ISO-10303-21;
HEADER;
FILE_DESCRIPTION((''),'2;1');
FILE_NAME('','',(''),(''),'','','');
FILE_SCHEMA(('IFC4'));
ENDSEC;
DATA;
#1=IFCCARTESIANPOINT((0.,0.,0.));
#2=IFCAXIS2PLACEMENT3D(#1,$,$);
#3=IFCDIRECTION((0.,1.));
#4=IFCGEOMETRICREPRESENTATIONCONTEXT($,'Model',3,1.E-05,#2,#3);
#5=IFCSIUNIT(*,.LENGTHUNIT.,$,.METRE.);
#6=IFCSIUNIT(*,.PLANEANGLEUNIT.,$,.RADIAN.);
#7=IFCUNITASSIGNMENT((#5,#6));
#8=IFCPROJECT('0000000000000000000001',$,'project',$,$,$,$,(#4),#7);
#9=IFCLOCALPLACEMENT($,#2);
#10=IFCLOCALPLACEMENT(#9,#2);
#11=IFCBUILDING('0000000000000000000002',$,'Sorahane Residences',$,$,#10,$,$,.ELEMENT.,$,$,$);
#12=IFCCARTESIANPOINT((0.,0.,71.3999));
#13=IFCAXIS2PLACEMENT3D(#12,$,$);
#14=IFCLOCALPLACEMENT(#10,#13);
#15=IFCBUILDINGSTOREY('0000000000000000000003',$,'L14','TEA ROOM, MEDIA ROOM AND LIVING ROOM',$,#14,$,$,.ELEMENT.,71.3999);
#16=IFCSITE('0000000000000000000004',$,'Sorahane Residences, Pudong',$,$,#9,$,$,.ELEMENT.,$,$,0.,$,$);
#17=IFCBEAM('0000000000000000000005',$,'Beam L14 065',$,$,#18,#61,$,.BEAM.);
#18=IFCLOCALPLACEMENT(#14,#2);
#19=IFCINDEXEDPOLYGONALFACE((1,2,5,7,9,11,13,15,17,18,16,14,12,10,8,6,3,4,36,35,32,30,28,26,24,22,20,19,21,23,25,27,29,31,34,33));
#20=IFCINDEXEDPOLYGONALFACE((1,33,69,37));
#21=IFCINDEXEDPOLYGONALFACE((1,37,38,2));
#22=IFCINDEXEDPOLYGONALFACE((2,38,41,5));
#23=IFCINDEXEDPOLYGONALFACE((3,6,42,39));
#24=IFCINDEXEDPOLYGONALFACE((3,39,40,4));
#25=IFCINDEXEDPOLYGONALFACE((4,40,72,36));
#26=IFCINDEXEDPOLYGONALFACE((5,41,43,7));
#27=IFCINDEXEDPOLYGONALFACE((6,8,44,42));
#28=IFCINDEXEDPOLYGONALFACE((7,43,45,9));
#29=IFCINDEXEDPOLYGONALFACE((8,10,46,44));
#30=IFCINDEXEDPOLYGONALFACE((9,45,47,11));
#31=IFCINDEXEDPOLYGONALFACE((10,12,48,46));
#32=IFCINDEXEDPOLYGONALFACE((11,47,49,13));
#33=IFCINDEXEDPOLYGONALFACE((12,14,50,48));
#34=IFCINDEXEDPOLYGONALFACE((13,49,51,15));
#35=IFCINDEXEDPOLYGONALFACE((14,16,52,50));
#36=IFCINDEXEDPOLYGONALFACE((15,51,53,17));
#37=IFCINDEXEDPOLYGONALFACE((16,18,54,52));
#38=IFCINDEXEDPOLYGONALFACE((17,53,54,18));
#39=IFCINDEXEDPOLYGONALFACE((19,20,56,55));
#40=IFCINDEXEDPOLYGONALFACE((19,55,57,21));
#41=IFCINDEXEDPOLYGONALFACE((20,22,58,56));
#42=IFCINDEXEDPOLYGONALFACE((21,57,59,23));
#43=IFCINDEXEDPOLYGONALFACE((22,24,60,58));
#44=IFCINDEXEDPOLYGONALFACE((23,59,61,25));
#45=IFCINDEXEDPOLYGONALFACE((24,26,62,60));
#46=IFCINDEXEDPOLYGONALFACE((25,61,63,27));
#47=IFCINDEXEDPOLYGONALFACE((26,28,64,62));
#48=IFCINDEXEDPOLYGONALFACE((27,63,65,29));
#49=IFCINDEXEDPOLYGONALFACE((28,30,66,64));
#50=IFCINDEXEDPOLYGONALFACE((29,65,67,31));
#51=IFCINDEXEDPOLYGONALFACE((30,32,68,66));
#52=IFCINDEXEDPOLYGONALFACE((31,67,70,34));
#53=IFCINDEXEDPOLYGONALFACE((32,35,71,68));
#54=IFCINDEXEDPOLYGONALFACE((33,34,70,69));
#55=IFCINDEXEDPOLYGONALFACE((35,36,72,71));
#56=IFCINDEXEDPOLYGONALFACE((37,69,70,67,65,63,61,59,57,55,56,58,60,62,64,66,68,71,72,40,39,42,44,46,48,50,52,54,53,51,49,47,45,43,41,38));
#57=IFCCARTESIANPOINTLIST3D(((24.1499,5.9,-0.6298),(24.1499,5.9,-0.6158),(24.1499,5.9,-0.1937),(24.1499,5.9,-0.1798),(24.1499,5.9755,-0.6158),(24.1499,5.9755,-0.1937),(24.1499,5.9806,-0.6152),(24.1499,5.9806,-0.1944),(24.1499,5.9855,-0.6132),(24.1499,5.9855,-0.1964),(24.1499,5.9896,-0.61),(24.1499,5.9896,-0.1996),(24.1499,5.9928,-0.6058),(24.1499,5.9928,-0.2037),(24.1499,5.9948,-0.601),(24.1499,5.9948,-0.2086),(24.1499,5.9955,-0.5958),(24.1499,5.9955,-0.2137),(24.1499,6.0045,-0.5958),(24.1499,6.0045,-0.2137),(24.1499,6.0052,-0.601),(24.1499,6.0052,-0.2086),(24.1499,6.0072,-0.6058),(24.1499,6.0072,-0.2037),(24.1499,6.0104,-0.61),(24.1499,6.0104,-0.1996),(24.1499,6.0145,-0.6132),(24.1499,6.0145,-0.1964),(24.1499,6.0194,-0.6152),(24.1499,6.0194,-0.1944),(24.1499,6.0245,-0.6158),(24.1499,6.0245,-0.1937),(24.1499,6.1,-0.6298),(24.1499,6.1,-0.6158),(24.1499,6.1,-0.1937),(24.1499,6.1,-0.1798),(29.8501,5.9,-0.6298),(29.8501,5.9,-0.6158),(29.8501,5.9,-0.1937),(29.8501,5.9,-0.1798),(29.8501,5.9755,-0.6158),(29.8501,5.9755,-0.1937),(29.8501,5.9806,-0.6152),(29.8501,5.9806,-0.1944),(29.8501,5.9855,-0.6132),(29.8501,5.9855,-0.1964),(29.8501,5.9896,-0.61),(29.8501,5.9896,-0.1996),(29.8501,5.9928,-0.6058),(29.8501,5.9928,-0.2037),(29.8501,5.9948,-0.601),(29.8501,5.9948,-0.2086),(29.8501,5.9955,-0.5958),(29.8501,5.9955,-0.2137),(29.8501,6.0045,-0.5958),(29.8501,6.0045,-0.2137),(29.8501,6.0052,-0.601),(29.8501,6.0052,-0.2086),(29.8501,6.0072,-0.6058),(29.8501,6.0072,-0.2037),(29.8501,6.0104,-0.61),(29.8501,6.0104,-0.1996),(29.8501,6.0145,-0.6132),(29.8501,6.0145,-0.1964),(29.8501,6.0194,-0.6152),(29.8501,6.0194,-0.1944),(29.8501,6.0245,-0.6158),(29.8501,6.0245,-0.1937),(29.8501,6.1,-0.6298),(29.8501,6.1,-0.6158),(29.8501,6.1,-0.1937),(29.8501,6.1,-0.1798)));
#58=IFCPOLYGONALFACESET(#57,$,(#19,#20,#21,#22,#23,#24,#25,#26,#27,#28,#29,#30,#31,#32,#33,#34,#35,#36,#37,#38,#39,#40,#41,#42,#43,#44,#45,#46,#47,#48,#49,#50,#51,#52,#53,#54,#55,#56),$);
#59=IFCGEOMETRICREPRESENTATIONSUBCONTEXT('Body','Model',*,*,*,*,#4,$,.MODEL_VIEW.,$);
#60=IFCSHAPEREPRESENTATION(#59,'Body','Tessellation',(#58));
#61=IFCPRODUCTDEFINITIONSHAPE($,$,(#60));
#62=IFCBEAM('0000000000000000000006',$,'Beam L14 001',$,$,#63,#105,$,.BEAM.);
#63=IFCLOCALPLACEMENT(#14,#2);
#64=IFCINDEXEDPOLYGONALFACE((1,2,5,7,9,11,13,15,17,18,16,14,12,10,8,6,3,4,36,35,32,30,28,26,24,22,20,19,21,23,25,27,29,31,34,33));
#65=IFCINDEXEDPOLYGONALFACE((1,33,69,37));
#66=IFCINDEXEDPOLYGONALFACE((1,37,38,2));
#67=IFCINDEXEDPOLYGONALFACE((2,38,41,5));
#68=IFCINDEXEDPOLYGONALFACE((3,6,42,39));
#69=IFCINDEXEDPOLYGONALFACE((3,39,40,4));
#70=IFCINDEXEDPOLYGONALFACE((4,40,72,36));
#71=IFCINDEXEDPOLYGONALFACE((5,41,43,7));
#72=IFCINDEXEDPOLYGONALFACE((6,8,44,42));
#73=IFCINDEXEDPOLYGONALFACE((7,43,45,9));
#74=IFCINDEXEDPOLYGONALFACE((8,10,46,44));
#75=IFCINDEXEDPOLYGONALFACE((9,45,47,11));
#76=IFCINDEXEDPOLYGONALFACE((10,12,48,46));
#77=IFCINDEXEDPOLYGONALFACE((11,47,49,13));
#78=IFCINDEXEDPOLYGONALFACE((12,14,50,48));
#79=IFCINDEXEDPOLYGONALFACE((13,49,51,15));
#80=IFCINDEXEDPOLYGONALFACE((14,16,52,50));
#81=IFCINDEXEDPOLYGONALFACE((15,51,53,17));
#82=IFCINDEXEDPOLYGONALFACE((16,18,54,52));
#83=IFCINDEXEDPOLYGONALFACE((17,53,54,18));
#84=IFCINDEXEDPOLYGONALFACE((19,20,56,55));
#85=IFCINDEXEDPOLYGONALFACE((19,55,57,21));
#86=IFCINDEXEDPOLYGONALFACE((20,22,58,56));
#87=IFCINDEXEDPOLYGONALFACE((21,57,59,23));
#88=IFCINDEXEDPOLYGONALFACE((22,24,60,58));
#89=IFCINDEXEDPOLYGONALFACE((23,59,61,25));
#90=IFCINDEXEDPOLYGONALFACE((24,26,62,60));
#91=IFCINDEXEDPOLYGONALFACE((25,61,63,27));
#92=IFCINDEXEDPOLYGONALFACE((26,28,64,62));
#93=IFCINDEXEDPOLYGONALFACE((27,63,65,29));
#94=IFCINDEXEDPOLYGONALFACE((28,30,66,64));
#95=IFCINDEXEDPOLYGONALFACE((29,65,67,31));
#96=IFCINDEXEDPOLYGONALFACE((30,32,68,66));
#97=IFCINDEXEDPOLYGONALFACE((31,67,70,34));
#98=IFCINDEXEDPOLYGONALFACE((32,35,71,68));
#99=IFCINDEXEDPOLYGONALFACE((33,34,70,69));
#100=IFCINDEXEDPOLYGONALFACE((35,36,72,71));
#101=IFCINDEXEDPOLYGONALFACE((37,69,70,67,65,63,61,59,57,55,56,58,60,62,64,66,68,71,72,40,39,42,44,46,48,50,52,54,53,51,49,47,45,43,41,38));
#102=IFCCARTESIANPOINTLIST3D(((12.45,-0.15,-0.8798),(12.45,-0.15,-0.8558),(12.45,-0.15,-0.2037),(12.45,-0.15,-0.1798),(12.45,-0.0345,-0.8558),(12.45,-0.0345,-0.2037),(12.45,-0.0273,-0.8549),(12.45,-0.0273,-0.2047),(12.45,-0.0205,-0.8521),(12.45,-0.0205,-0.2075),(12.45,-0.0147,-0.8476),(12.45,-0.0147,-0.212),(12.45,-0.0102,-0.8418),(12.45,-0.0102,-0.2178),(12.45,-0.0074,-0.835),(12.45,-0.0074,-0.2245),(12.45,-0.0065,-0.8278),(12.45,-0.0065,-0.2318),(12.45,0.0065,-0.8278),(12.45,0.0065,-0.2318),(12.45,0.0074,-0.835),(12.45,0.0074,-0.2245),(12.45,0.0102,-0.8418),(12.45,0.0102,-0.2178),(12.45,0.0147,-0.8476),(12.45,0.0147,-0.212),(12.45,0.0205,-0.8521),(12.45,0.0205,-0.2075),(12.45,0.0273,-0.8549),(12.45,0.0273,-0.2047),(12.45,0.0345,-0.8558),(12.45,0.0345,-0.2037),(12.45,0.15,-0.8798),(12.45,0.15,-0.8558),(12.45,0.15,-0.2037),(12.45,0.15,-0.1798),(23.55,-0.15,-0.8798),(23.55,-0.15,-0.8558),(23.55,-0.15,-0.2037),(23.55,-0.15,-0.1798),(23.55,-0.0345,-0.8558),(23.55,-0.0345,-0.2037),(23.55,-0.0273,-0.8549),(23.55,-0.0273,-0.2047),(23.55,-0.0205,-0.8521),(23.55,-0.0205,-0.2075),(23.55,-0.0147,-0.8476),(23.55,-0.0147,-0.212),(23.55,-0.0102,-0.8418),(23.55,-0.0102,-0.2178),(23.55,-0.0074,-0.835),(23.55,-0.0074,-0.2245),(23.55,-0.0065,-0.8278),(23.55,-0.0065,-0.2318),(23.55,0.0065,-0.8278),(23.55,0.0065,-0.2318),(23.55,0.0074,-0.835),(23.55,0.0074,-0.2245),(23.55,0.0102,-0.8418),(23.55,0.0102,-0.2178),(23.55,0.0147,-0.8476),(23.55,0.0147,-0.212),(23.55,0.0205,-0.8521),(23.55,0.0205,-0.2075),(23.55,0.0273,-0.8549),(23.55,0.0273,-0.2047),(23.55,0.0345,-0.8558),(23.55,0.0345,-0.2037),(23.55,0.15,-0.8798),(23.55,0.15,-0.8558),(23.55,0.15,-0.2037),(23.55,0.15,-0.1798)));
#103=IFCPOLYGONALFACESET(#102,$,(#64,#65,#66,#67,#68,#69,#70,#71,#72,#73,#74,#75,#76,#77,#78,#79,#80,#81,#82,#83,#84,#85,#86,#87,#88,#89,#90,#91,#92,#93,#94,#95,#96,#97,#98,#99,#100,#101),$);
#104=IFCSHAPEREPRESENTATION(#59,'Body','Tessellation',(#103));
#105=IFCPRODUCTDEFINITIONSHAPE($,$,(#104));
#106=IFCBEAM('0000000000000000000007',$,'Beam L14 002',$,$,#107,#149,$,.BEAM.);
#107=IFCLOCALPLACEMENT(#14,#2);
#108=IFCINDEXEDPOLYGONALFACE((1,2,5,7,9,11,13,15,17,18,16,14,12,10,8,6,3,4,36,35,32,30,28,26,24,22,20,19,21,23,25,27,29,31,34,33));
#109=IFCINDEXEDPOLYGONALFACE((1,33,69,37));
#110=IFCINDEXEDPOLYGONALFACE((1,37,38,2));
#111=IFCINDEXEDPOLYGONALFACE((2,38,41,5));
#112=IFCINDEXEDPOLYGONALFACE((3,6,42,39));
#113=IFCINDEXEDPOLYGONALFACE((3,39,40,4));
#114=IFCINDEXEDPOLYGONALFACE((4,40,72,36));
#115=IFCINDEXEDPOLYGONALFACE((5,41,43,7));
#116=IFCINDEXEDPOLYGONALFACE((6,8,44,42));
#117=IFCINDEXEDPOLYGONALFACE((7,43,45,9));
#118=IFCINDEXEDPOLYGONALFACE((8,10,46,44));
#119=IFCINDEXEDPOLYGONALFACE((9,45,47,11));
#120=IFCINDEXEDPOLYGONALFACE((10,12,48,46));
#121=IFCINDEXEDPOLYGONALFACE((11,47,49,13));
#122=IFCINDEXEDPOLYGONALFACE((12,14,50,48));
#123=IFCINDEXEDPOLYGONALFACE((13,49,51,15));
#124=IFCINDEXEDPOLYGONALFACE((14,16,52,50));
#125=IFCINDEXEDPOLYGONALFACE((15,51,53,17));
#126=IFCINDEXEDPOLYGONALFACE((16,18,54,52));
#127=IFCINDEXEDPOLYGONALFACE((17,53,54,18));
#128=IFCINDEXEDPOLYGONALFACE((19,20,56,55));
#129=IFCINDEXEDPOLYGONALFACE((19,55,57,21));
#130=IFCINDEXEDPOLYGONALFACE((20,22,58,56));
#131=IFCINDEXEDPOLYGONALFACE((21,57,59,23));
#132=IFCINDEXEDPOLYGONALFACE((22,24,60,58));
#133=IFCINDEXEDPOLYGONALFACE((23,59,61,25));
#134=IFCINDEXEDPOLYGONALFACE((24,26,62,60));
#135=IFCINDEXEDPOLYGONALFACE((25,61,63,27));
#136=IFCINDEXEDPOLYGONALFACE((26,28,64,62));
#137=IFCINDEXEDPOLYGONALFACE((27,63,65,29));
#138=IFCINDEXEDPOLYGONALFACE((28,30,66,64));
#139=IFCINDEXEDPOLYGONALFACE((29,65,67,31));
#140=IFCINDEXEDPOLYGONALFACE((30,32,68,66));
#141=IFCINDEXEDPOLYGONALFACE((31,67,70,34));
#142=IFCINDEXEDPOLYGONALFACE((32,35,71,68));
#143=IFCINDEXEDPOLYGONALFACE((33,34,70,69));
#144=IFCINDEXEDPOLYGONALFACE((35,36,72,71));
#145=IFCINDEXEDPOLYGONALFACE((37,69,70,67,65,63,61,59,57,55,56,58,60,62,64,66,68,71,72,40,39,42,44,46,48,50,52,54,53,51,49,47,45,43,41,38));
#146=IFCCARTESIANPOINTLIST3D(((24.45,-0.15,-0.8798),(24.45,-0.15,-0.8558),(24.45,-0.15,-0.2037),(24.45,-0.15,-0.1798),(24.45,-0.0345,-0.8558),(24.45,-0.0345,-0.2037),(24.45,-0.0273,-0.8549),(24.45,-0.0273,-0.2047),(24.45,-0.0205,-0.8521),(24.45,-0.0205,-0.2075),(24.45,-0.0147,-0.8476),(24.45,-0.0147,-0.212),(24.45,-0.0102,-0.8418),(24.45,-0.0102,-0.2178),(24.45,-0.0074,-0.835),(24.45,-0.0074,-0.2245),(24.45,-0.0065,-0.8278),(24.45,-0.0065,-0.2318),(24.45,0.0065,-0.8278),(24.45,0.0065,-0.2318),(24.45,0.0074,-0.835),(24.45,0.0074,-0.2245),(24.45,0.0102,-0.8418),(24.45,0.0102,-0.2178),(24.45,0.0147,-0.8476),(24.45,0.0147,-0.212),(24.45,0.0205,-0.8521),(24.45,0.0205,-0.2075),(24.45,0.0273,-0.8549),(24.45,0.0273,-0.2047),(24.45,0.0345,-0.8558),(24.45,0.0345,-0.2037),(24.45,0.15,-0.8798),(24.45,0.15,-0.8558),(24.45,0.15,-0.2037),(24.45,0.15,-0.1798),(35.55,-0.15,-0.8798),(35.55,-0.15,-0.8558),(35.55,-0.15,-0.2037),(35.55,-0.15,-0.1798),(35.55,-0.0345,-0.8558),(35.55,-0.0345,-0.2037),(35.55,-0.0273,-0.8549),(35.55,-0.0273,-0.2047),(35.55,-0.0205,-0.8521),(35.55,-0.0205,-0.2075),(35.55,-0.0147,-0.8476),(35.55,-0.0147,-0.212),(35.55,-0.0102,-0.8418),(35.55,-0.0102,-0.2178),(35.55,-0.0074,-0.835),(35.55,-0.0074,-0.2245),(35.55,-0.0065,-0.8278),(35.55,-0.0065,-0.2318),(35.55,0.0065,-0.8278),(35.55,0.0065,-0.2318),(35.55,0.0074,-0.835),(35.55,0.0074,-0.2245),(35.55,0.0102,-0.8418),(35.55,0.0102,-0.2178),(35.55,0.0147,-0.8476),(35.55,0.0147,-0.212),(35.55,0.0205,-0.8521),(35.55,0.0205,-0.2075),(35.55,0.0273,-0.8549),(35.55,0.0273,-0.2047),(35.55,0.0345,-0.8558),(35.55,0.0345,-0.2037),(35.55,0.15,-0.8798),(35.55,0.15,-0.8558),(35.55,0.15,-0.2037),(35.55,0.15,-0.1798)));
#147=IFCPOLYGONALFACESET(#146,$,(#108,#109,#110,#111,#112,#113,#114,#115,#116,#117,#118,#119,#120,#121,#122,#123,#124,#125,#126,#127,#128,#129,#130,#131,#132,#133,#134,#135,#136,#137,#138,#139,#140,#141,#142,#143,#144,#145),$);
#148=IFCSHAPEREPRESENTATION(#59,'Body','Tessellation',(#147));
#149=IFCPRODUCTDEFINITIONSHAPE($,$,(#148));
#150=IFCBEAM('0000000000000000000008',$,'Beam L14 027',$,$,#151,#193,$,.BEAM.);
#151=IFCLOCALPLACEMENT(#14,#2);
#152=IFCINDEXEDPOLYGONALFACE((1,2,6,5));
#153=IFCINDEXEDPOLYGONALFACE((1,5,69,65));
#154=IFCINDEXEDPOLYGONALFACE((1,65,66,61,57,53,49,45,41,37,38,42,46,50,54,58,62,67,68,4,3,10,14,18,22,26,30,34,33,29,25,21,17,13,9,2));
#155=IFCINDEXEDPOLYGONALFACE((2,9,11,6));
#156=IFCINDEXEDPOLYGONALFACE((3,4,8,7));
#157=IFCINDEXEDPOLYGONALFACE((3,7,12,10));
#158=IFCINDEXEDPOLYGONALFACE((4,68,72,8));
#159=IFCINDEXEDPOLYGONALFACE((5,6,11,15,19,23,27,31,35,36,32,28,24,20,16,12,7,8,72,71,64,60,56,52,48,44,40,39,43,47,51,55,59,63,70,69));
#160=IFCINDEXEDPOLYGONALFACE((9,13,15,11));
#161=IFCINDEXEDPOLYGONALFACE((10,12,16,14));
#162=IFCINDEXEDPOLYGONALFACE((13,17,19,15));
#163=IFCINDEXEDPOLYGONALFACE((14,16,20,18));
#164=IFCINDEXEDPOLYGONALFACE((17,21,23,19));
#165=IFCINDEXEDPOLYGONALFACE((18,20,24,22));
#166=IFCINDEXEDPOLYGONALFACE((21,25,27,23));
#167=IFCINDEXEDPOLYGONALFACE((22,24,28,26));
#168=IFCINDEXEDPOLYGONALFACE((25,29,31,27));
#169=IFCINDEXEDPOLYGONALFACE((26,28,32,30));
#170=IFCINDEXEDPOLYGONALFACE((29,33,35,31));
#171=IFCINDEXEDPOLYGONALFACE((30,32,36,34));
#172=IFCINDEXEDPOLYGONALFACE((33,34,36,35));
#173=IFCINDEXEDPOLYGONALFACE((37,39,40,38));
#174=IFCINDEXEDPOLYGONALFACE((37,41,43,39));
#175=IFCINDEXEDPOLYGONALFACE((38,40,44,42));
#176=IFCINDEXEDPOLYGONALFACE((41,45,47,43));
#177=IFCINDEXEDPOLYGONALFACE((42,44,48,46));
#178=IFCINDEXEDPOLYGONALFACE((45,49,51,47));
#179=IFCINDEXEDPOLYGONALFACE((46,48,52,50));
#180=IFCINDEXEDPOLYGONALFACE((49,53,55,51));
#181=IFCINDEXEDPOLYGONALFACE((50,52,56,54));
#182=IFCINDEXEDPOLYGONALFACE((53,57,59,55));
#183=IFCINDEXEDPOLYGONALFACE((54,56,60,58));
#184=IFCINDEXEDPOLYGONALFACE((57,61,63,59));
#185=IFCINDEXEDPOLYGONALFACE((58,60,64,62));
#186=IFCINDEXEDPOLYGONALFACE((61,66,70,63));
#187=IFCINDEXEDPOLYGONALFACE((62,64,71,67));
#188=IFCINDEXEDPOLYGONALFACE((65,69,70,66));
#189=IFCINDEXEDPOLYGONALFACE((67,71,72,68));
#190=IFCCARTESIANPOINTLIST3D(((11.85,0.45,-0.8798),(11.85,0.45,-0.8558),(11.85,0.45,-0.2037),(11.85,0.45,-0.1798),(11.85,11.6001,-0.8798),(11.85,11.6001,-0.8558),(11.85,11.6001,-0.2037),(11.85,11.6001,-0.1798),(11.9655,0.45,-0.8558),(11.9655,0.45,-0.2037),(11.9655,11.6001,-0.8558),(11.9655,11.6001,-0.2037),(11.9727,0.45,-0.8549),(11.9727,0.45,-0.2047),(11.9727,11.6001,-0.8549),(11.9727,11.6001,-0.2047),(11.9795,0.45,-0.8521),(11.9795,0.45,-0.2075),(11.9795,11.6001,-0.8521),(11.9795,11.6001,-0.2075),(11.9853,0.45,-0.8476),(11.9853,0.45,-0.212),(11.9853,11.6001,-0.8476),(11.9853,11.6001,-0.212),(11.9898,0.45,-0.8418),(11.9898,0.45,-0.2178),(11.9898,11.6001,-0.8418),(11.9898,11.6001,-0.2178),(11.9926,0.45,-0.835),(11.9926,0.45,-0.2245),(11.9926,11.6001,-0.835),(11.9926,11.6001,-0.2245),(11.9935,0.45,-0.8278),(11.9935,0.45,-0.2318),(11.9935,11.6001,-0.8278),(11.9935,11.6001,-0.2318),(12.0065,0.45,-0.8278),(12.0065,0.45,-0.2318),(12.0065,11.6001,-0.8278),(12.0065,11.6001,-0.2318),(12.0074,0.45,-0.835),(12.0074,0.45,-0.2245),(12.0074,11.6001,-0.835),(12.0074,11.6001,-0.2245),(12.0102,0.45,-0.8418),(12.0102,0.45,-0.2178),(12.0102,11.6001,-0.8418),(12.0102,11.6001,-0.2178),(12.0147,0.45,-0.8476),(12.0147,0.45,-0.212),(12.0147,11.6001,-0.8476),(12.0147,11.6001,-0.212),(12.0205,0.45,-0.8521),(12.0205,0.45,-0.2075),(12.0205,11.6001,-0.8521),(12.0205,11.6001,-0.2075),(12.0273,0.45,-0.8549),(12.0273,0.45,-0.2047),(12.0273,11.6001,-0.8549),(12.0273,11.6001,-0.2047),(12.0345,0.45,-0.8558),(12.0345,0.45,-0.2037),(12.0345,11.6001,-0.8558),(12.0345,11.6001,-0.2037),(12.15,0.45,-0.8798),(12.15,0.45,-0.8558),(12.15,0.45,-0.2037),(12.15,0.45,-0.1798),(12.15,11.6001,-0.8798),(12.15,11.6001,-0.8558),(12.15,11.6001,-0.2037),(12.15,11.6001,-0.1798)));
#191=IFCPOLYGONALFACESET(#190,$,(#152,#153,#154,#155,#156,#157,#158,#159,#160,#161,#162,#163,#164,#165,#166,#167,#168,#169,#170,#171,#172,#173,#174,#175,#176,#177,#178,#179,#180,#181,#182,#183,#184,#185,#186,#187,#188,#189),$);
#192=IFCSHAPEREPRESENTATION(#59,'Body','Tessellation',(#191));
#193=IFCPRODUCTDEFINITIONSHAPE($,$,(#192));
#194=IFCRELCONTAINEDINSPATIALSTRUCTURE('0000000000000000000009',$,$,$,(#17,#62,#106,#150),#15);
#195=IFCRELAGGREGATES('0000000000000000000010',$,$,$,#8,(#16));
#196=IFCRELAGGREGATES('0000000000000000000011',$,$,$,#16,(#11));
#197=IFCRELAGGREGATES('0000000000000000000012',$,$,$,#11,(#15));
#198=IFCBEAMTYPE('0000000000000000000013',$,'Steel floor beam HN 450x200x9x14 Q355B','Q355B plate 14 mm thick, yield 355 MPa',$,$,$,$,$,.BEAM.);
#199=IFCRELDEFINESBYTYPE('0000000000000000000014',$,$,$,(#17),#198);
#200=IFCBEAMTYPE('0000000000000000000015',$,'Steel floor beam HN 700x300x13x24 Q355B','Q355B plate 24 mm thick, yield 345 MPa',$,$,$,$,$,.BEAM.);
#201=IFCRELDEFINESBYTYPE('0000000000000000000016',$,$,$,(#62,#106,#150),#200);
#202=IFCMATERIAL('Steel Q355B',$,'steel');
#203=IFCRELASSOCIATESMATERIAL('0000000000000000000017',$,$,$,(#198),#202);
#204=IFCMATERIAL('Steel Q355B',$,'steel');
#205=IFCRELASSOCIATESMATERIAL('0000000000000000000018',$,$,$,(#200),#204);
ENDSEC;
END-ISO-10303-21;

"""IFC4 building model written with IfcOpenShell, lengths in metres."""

from ifc_helpers import new_model, si_unit, direction, frame, origin, origin_2d, place, context, subcontext, project, spatial, i_section, extrude, material, material_profile, profile_set, type_object, element, save


model = new_model("IFC4")

# Units and contexts
model_context = context("Model", 3, precision=1e-05, world=origin(), true_north=direction((0.0, 1.0)))
body_context = subcontext(model_context, "Body", "Model", "MODEL_VIEW")
ifc_project = project(units=[si_unit("LENGTHUNIT", "METRE"), si_unit("PLANEANGLEUNIT", "RADIAN")], contexts=[model_context])

# Site, building, storey
site_placement = place(None, origin())
site = spatial("IfcSite", under=ifc_project, at=site_placement, Name="Sorahane Residences, Pudong", CompositionType="ELEMENT", RefElevation=0.0)
building_placement = place(site_placement, origin())
building = spatial("IfcBuilding", under=site, at=building_placement, Name="Sorahane Residences", CompositionType="ELEMENT")
storey_placement = place(building_placement, frame((0.0, 0.0, 71.3999)))
storey = spatial("IfcBuildingStorey", under=building, at=storey_placement, Name="L14", Description="TEA ROOM, MEDIA ROOM AND LIVING ROOM", CompositionType="ELEMENT", Elevation=71.3999)

# Beams
ifc_material_1 = material(Name="Steel Q355B", Category="steel")
ifc_material_profile_1 = material_profile(ifc_material_1, i_section(OverallWidth=0.2, OverallDepth=0.45, WebThickness=0.009, FlangeThickness=0.0139, FilletRadius=0.02, at=origin_2d()), Name="HN 450x200x9x14")
ifc_profile_set_1 = profile_set([ifc_material_profile_1], Name="Steel Q355B")
beam_type_1 = type_object("IfcBeamType", Name="Steel floor beam HN 450x200x9x14 Q355B", Description="Q355B plate 14 mm thick, yield 355 MPa", PredefinedType="BEAM", material=ifc_profile_set_1)
for number, where, z_axis, x_axis, name in (
    (1, (24.1499, 6.0, -0.4048), (1.0, 0.0, 0.0), (0.0, 1.0, 0.0), "Beam L14 065"),
):
    element("IfcBeam", number, at=place(storey_placement, frame(where, z_axis=z_axis, x_axis=x_axis)), inside=storey, type_object=beam_type_1, Name=name, PredefinedType="BEAM", context=body_context, shape_type="SweptSolid", body=[
        extrude(i_section(OverallWidth=0.2, OverallDepth=0.45, WebThickness=0.009, FlangeThickness=0.0139, FilletRadius=0.02, at=origin_2d()), origin(), (0.0, 0.0, 1.0), 5.7002),
    ])
ifc_material_2 = material(Name="Steel Q355B", Category="steel")
ifc_material_profile_2 = material_profile(ifc_material_2, i_section(OverallWidth=0.3, OverallDepth=0.7, WebThickness=0.0129, FlangeThickness=0.0239, FilletRadius=0.0281, at=origin_2d()), Name="HN 700x300x13x24")
ifc_profile_set_2 = profile_set([ifc_material_profile_2], Name="Steel Q355B")
beam_type_2 = type_object("IfcBeamType", Name="Steel floor beam HN 700x300x13x24 Q355B", Description="Q355B plate 24 mm thick, yield 345 MPa", PredefinedType="BEAM", material=ifc_profile_set_2)
for number, where, z_axis, x_axis, name in (
    (2, (12.45, 0.0, -0.5298), (1.0, 0.0, 0.0), (0.0, 1.0, 0.0), "Beam L14 001"),
    (3, (24.45, 0.0, -0.5298), (1.0, 0.0, 0.0), (0.0, 1.0, 0.0), "Beam L14 002"),
):
    element("IfcBeam", number, at=place(storey_placement, frame(where, z_axis=z_axis, x_axis=x_axis)), inside=storey, type_object=beam_type_2, Name=name, PredefinedType="BEAM", context=body_context, shape_type="SweptSolid", body=[
        extrude(i_section(OverallWidth=0.3, OverallDepth=0.7, WebThickness=0.0129, FlangeThickness=0.0239, FilletRadius=0.0281, at=origin_2d()), origin(), (0.0, 0.0, 1.0), 11.1001),
    ])
beam_1_placement = place(storey_placement, frame((12.0, 0.45, -0.5298), z_axis=(0.0, 1.0, 0.0), x_axis=(-1.0, 0.0, 0.0)))
element("IfcBeam", 4, at=beam_1_placement, inside=storey, type_object=beam_type_2, Name="Beam L14 027", PredefinedType="BEAM", context=body_context, shape_type="SweptSolid", body=[
    extrude(i_section(OverallWidth=0.3, OverallDepth=0.7, WebThickness=0.0129, FlangeThickness=0.0239, FilletRadius=0.0281, at=origin_2d()), origin(), (0.0, 0.0, 1.0), 11.1501),
])

save(model, "model.ifc")
